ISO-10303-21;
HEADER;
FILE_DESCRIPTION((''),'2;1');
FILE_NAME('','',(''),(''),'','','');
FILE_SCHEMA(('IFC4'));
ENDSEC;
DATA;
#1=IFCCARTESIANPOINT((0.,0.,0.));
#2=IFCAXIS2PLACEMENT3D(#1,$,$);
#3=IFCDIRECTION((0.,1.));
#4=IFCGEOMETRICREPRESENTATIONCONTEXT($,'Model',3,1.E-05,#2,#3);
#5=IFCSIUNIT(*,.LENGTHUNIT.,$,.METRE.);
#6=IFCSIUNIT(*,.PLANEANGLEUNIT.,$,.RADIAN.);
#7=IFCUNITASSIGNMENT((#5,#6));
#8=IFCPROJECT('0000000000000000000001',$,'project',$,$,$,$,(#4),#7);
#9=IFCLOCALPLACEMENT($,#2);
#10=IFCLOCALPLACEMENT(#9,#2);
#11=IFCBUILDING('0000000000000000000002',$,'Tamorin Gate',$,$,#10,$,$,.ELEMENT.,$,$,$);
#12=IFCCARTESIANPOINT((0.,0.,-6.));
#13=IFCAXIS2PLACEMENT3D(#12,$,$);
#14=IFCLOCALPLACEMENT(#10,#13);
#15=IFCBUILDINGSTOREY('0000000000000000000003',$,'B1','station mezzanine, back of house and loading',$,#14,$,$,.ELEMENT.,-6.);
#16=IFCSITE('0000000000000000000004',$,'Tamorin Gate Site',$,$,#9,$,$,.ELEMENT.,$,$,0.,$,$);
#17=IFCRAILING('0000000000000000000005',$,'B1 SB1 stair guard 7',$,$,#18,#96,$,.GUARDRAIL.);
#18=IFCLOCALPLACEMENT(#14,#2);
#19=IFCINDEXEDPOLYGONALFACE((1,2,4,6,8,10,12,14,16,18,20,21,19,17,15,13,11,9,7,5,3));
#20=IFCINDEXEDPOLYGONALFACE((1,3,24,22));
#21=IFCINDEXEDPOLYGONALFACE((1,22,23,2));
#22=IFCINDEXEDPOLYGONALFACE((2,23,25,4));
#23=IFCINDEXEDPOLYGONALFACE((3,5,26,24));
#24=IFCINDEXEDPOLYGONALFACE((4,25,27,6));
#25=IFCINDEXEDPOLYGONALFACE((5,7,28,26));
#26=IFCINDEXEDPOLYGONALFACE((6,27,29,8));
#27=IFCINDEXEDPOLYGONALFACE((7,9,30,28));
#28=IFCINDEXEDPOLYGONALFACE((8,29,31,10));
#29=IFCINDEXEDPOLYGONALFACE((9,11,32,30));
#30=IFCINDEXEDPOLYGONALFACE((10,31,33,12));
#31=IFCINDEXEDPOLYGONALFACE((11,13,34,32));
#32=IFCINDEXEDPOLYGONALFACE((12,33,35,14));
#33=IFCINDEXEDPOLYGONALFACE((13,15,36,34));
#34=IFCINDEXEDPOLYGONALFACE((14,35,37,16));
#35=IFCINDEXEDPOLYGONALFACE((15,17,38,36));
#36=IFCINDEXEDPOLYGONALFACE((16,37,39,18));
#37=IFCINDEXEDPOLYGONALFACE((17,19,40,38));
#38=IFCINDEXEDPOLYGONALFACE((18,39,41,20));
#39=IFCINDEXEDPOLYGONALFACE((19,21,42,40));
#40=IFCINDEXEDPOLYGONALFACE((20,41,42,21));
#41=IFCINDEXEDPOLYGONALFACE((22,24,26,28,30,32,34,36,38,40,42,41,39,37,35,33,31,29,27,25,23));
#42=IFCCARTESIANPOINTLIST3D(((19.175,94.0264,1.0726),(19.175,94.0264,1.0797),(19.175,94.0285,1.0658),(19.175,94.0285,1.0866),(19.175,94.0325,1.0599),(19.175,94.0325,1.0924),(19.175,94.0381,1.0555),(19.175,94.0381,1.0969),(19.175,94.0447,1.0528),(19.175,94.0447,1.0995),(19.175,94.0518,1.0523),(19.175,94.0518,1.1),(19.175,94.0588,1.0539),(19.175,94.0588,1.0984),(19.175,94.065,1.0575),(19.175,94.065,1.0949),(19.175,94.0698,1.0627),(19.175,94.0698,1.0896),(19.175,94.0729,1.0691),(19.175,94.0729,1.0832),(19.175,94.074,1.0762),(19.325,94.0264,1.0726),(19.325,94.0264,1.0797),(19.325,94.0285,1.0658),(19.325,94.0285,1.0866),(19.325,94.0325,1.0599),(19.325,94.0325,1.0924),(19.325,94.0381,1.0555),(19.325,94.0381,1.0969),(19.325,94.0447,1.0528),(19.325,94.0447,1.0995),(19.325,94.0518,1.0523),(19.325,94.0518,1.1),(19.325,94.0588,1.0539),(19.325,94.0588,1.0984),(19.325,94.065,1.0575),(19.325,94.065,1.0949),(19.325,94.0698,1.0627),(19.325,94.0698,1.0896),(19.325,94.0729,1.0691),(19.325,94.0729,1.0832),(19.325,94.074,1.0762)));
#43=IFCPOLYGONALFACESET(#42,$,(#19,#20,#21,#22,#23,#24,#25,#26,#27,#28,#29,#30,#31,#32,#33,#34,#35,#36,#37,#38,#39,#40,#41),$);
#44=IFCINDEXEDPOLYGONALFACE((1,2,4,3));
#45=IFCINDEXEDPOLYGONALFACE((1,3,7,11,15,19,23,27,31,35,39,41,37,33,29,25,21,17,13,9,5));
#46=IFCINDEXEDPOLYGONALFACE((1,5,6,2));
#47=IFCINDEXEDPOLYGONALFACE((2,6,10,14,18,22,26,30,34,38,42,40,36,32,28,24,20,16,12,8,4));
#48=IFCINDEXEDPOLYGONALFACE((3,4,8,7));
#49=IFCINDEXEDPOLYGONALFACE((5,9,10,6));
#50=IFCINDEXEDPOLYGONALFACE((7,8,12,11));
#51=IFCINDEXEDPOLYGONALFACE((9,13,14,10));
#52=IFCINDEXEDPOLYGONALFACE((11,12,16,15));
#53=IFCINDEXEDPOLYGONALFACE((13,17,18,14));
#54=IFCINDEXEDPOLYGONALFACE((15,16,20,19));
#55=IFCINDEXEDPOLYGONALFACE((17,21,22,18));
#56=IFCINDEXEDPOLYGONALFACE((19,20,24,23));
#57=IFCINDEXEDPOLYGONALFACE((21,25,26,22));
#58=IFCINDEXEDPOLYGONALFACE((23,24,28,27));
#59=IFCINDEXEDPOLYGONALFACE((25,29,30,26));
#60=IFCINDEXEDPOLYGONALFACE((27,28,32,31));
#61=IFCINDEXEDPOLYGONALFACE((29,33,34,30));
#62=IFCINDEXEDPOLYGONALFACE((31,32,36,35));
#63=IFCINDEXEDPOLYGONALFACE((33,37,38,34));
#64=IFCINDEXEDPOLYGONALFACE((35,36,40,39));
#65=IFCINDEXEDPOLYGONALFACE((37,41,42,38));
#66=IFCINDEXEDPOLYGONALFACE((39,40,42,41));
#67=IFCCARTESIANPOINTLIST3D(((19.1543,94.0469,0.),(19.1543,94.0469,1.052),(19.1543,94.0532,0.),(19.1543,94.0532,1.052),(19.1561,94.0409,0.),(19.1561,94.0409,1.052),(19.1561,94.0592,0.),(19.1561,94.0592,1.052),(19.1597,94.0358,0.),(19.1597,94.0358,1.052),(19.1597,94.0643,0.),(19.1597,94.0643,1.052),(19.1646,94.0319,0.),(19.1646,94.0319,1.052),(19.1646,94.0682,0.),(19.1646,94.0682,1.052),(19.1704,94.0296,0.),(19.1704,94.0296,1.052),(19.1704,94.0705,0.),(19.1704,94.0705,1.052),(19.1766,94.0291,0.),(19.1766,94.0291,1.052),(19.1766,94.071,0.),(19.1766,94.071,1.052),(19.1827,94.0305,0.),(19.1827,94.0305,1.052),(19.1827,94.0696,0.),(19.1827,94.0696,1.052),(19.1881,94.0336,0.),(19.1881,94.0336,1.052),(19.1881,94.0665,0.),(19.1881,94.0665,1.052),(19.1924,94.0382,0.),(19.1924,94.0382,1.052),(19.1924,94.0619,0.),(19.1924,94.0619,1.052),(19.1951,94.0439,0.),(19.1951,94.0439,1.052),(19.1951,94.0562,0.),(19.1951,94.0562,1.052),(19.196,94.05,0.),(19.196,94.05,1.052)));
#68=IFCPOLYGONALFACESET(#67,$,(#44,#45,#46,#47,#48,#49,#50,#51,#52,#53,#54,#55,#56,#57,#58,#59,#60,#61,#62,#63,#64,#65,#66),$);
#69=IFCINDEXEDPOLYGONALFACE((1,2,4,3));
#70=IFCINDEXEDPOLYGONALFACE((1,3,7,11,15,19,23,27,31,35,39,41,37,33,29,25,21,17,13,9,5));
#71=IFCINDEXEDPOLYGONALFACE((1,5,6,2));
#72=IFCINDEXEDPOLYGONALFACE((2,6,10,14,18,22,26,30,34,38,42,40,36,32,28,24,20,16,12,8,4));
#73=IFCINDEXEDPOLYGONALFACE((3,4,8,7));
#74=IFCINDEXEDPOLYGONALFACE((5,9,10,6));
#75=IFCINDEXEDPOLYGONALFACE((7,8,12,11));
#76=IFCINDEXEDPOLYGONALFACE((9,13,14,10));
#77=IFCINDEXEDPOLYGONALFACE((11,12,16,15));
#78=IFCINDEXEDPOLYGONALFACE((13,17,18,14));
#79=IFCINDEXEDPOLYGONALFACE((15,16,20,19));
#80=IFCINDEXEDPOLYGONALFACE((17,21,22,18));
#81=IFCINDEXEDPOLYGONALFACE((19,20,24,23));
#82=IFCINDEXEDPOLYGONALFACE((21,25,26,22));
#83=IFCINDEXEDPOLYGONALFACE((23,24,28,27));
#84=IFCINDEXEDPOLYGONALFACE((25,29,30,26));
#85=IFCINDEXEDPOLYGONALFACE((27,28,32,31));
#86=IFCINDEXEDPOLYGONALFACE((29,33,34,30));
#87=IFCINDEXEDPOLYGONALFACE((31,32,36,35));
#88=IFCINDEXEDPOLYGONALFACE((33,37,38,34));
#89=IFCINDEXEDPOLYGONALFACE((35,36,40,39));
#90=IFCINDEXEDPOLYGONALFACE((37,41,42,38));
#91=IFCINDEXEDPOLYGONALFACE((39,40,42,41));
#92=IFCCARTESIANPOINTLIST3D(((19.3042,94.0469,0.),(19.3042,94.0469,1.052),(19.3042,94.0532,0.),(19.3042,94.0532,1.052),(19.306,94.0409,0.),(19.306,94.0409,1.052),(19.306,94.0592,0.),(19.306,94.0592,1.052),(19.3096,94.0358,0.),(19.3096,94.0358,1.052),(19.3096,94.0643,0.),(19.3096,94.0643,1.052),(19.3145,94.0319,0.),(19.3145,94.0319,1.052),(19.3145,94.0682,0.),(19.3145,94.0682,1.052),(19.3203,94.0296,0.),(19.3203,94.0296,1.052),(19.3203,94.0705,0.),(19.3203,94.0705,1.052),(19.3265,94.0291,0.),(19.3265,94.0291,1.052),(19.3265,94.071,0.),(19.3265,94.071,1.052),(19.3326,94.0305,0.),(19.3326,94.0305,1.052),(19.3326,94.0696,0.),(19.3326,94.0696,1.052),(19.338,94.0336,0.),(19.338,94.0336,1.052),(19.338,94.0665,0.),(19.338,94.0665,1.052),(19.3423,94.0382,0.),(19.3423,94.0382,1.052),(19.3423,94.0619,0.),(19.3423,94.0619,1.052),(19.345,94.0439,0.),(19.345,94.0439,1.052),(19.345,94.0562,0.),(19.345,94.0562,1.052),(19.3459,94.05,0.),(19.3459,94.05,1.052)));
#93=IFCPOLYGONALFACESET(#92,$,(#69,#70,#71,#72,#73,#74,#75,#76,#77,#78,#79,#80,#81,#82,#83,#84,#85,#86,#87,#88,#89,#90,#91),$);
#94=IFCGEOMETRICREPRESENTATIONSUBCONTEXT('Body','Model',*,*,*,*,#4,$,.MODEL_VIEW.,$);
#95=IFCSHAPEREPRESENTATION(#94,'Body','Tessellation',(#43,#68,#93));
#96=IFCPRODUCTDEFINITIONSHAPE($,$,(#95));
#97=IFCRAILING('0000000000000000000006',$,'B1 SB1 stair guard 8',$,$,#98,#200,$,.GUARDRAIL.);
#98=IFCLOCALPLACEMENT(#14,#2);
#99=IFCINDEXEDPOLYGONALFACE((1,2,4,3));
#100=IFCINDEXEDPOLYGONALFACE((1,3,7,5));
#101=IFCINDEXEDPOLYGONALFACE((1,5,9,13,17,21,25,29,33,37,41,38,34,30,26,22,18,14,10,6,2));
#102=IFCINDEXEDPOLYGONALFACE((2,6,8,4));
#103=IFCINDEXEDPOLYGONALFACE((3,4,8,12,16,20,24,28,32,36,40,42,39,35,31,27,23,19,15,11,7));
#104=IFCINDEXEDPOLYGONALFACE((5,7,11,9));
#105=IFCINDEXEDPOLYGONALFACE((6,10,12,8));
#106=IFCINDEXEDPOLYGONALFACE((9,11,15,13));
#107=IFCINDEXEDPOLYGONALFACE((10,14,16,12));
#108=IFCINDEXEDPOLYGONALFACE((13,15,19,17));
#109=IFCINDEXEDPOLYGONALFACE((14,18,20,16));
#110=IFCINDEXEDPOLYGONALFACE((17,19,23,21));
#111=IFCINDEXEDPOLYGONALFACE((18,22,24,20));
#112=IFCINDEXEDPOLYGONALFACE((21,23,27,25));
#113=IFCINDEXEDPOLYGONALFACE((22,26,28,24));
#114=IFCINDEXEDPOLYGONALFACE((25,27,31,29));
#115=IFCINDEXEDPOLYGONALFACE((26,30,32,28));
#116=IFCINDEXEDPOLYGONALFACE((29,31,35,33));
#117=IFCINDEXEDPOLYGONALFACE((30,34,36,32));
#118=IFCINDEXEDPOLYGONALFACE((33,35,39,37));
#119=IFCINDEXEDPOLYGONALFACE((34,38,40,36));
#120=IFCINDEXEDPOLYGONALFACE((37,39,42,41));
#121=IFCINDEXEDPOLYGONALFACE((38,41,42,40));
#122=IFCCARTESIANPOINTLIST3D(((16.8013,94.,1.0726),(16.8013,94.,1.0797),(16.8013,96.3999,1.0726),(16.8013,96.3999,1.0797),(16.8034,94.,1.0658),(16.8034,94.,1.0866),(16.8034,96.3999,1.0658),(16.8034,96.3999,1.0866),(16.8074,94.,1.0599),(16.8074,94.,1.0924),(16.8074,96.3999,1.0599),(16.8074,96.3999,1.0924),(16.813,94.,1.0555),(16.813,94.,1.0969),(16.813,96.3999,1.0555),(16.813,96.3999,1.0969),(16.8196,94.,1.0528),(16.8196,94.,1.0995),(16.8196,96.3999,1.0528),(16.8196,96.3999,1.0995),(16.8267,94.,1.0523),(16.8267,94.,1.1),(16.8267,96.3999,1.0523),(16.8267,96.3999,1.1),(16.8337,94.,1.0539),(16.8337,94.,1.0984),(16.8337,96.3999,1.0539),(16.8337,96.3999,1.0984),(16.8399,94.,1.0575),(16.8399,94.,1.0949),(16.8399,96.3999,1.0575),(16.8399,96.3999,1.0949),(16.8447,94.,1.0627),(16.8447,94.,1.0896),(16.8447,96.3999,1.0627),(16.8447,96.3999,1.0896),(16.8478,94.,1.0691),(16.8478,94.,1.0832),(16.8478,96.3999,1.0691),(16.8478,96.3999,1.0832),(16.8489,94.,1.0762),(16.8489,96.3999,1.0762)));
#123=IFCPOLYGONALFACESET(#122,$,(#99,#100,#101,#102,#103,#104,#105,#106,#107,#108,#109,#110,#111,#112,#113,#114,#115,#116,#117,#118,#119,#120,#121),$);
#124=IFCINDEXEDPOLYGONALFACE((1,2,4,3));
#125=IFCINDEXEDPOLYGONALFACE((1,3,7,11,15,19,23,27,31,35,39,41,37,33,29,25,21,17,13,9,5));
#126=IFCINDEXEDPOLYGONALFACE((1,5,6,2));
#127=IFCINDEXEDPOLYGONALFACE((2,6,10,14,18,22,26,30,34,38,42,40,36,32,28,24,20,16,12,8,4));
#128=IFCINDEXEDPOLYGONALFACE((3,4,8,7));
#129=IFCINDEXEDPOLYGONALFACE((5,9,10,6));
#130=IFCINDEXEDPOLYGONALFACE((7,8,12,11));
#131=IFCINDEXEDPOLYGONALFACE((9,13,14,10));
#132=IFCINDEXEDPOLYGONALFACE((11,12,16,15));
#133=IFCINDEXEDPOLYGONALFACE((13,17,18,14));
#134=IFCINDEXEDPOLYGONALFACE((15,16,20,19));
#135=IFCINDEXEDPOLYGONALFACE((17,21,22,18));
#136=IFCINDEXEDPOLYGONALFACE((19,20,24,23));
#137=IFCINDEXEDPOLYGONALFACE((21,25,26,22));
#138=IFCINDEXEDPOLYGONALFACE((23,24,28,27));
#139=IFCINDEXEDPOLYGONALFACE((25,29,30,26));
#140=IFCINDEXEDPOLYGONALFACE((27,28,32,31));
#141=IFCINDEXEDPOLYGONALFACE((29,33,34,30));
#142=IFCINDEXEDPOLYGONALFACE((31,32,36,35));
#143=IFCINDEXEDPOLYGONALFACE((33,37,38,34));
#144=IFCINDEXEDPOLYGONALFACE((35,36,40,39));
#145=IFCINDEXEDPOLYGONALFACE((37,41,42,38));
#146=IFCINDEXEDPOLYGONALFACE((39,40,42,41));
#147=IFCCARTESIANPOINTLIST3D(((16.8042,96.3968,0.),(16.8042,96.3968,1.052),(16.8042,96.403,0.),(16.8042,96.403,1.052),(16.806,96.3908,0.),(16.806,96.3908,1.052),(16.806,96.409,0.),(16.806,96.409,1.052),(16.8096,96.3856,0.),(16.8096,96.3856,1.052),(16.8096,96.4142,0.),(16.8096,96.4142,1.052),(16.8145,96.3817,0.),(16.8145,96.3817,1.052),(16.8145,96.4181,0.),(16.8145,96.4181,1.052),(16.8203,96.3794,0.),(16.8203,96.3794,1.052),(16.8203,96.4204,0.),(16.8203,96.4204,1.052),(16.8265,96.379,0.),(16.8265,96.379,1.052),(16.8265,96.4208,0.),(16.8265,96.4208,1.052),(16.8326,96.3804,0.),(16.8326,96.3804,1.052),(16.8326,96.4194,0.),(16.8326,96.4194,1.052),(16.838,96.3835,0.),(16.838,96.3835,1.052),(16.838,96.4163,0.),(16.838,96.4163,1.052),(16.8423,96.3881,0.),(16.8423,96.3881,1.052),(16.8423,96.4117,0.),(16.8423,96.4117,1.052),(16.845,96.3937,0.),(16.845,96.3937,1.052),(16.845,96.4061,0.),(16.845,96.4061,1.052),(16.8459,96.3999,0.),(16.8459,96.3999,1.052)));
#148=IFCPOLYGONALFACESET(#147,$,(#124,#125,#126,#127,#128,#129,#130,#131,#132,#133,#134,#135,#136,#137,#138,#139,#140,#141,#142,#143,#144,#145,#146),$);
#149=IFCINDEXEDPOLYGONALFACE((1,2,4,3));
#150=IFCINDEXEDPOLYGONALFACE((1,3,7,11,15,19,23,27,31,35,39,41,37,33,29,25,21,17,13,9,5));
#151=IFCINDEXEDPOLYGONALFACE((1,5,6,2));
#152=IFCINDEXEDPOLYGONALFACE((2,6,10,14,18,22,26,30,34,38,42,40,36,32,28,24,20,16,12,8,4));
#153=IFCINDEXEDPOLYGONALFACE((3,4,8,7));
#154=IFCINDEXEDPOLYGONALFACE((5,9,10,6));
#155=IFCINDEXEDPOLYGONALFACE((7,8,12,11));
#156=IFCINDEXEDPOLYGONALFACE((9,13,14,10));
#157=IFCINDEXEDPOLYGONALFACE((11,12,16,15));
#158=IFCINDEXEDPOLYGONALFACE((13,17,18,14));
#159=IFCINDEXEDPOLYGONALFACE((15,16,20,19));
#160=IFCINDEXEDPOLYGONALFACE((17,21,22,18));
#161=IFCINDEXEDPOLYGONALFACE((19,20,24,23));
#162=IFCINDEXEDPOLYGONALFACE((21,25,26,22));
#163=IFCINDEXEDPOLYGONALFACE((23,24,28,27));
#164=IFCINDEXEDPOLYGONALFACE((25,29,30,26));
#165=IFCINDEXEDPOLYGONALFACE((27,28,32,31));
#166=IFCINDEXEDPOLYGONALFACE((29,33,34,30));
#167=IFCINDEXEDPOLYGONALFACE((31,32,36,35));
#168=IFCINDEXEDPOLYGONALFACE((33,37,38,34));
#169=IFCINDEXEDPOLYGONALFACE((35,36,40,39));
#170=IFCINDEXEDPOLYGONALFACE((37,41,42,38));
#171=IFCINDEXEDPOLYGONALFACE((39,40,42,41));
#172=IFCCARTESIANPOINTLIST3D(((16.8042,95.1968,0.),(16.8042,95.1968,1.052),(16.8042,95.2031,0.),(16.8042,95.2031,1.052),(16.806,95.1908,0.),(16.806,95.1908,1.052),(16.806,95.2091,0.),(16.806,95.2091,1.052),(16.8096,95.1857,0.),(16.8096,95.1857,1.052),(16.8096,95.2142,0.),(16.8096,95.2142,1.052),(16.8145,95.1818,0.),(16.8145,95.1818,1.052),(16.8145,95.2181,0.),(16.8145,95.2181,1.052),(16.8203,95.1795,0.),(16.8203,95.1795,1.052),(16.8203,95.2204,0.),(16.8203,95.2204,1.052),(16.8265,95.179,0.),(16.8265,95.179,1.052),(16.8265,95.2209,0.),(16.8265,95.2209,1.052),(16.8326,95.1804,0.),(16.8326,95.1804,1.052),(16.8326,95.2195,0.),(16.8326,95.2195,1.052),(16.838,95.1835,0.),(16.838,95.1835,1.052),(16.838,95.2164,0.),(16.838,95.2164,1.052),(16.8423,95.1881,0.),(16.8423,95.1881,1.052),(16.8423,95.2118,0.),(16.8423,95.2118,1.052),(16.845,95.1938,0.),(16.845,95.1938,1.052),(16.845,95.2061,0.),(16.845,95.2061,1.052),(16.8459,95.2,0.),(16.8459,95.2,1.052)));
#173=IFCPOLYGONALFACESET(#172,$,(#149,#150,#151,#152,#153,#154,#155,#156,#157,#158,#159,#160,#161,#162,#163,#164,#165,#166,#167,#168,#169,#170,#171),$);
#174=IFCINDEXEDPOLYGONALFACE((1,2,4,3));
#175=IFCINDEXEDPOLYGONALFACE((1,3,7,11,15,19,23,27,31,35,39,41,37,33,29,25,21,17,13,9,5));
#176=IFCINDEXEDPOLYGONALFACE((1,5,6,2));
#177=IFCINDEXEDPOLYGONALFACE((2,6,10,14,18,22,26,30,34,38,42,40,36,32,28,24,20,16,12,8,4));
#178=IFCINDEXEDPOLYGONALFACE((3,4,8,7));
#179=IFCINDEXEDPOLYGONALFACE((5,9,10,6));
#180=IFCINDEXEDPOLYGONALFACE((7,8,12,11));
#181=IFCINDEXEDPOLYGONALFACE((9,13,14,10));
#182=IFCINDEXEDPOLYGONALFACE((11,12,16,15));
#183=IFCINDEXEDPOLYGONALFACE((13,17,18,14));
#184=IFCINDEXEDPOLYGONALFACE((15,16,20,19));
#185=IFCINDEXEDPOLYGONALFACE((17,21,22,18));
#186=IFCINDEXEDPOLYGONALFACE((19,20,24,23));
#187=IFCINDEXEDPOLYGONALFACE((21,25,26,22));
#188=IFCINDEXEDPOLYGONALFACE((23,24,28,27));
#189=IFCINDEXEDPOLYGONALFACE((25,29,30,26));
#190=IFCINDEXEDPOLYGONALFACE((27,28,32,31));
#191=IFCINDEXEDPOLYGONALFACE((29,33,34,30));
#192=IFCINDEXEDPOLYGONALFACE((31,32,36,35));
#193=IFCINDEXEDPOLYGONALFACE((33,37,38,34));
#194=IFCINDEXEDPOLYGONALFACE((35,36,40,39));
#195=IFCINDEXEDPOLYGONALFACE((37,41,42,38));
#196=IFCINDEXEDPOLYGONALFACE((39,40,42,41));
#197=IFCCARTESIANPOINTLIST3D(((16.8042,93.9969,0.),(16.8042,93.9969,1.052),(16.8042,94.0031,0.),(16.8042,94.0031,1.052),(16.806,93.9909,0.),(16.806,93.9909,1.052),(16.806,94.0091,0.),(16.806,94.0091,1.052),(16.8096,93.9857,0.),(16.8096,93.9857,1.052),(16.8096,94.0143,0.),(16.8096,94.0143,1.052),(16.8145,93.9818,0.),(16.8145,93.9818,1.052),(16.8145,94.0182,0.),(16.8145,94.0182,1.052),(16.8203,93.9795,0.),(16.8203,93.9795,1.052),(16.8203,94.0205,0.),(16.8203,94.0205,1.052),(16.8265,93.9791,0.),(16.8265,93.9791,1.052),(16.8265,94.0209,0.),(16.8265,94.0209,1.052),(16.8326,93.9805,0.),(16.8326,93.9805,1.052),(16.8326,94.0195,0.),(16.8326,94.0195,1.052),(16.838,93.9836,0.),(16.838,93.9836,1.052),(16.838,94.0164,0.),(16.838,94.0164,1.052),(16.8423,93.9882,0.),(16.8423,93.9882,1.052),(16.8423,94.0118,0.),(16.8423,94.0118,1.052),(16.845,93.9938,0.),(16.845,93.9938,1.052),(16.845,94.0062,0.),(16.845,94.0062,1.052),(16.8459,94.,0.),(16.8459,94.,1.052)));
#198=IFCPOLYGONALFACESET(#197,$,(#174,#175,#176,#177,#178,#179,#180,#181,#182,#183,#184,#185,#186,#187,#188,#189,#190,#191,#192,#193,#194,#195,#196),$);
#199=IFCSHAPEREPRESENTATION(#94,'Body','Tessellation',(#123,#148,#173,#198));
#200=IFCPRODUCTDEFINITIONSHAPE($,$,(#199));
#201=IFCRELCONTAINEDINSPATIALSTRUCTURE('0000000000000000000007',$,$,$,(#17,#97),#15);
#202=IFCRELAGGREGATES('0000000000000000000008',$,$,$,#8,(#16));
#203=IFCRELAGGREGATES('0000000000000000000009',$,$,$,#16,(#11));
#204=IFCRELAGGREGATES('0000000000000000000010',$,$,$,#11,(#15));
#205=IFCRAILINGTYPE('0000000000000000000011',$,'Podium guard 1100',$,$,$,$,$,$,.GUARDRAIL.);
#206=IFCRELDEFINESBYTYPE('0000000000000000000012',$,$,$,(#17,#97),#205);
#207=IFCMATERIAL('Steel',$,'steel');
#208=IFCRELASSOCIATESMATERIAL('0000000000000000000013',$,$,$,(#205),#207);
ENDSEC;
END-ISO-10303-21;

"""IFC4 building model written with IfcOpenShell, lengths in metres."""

from ifc_helpers import new_model, si_unit, direction, frame, origin, origin_2d, place, context, subcontext, project, spatial, circle, extrude, material, type_object, element, save


model = new_model("IFC4")

# Units and contexts
model_context = context("Model", 3, precision=1e-05, world=origin(), true_north=direction((0.0, 1.0)))
body_context = subcontext(model_context, "Body", "Model", "MODEL_VIEW")
ifc_project = project(units=[si_unit("LENGTHUNIT", "METRE"), si_unit("PLANEANGLEUNIT", "RADIAN")], contexts=[model_context])

# Site, building, storey
site_placement = place(None, origin())
site = spatial("IfcSite", under=ifc_project, at=site_placement, Name="Tamorin Gate Site", CompositionType="ELEMENT", RefElevation=0.0)
building_placement = place(site_placement, origin())
building = spatial("IfcBuilding", under=site, at=building_placement, Name="Tamorin Gate", CompositionType="ELEMENT")
storey_placement = place(building_placement, frame((0.0, 0.0, -6.0)))
storey = spatial("IfcBuildingStorey", under=building, at=storey_placement, Name="B1", Description="station mezzanine, back of house and loading", CompositionType="ELEMENT", Elevation=-6.0)

# Railings
ifc_material_1 = material(Name="Steel", Category="steel")
railing_type_1 = type_object("IfcRailingType", Name="Podium guard 1100", PredefinedType="GUARDRAIL", material=ifc_material_1)
railing_1_placement = place(storey_placement, frame((19.175, 94.05, 0.0)))
element("IfcRailing", 1, at=railing_1_placement, inside=storey, type_object=railing_type_1, Name="B1 SB1 stair guard 7", PredefinedType="GUARDRAIL", context=body_context, shape_type="SweptSolid", body=[
    extrude(circle(Radius=0.0239, at=origin_2d()), frame((0.0, 0.0, 1.0762), z_axis=(1.0, 0.0, 0.0), x_axis=(0.0, 1.0, 0.0)), (0.0, 0.0, 1.0), 0.1499),
    extrude(circle(Radius=0.021, at=origin_2d()), origin(), (0.0, 0.0, 1.0), 1.052),
    extrude(circle(Radius=0.021, at=origin_2d()), frame((0.1499, 0.0, 0.0)), (0.0, 0.0, 1.0), 1.052),
])
for number, where, name in (
    (2, (16.825, 96.3999, 0.0), "B1 SB1 stair guard 8"),
):
    element("IfcRailing", number, at=place(storey_placement, frame(where)), inside=storey, type_object=railing_type_1, Name=name, PredefinedType="GUARDRAIL", context=body_context, shape_type="SweptSolid", body=[
        extrude(circle(Radius=0.0239, at=origin_2d()), frame((0.0, 0.0, 1.0762), z_axis=(0.0, -1.0, 0.0), x_axis=(1.0, 0.0, 0.0)), (0.0, 0.0, 1.0), 2.3999),
        extrude(circle(Radius=0.021, at=origin_2d()), origin(), (0.0, 0.0, 1.0), 1.052),
        extrude(circle(Radius=0.021, at=origin_2d()), frame((0.0, -1.2, 0.0)), (0.0, 0.0, 1.0), 1.052),
        extrude(circle(Radius=0.021, at=origin_2d()), frame((0.0, -2.3999, 0.0)), (0.0, 0.0, 1.0), 1.052),
    ])

save(model, "model.ifc")
